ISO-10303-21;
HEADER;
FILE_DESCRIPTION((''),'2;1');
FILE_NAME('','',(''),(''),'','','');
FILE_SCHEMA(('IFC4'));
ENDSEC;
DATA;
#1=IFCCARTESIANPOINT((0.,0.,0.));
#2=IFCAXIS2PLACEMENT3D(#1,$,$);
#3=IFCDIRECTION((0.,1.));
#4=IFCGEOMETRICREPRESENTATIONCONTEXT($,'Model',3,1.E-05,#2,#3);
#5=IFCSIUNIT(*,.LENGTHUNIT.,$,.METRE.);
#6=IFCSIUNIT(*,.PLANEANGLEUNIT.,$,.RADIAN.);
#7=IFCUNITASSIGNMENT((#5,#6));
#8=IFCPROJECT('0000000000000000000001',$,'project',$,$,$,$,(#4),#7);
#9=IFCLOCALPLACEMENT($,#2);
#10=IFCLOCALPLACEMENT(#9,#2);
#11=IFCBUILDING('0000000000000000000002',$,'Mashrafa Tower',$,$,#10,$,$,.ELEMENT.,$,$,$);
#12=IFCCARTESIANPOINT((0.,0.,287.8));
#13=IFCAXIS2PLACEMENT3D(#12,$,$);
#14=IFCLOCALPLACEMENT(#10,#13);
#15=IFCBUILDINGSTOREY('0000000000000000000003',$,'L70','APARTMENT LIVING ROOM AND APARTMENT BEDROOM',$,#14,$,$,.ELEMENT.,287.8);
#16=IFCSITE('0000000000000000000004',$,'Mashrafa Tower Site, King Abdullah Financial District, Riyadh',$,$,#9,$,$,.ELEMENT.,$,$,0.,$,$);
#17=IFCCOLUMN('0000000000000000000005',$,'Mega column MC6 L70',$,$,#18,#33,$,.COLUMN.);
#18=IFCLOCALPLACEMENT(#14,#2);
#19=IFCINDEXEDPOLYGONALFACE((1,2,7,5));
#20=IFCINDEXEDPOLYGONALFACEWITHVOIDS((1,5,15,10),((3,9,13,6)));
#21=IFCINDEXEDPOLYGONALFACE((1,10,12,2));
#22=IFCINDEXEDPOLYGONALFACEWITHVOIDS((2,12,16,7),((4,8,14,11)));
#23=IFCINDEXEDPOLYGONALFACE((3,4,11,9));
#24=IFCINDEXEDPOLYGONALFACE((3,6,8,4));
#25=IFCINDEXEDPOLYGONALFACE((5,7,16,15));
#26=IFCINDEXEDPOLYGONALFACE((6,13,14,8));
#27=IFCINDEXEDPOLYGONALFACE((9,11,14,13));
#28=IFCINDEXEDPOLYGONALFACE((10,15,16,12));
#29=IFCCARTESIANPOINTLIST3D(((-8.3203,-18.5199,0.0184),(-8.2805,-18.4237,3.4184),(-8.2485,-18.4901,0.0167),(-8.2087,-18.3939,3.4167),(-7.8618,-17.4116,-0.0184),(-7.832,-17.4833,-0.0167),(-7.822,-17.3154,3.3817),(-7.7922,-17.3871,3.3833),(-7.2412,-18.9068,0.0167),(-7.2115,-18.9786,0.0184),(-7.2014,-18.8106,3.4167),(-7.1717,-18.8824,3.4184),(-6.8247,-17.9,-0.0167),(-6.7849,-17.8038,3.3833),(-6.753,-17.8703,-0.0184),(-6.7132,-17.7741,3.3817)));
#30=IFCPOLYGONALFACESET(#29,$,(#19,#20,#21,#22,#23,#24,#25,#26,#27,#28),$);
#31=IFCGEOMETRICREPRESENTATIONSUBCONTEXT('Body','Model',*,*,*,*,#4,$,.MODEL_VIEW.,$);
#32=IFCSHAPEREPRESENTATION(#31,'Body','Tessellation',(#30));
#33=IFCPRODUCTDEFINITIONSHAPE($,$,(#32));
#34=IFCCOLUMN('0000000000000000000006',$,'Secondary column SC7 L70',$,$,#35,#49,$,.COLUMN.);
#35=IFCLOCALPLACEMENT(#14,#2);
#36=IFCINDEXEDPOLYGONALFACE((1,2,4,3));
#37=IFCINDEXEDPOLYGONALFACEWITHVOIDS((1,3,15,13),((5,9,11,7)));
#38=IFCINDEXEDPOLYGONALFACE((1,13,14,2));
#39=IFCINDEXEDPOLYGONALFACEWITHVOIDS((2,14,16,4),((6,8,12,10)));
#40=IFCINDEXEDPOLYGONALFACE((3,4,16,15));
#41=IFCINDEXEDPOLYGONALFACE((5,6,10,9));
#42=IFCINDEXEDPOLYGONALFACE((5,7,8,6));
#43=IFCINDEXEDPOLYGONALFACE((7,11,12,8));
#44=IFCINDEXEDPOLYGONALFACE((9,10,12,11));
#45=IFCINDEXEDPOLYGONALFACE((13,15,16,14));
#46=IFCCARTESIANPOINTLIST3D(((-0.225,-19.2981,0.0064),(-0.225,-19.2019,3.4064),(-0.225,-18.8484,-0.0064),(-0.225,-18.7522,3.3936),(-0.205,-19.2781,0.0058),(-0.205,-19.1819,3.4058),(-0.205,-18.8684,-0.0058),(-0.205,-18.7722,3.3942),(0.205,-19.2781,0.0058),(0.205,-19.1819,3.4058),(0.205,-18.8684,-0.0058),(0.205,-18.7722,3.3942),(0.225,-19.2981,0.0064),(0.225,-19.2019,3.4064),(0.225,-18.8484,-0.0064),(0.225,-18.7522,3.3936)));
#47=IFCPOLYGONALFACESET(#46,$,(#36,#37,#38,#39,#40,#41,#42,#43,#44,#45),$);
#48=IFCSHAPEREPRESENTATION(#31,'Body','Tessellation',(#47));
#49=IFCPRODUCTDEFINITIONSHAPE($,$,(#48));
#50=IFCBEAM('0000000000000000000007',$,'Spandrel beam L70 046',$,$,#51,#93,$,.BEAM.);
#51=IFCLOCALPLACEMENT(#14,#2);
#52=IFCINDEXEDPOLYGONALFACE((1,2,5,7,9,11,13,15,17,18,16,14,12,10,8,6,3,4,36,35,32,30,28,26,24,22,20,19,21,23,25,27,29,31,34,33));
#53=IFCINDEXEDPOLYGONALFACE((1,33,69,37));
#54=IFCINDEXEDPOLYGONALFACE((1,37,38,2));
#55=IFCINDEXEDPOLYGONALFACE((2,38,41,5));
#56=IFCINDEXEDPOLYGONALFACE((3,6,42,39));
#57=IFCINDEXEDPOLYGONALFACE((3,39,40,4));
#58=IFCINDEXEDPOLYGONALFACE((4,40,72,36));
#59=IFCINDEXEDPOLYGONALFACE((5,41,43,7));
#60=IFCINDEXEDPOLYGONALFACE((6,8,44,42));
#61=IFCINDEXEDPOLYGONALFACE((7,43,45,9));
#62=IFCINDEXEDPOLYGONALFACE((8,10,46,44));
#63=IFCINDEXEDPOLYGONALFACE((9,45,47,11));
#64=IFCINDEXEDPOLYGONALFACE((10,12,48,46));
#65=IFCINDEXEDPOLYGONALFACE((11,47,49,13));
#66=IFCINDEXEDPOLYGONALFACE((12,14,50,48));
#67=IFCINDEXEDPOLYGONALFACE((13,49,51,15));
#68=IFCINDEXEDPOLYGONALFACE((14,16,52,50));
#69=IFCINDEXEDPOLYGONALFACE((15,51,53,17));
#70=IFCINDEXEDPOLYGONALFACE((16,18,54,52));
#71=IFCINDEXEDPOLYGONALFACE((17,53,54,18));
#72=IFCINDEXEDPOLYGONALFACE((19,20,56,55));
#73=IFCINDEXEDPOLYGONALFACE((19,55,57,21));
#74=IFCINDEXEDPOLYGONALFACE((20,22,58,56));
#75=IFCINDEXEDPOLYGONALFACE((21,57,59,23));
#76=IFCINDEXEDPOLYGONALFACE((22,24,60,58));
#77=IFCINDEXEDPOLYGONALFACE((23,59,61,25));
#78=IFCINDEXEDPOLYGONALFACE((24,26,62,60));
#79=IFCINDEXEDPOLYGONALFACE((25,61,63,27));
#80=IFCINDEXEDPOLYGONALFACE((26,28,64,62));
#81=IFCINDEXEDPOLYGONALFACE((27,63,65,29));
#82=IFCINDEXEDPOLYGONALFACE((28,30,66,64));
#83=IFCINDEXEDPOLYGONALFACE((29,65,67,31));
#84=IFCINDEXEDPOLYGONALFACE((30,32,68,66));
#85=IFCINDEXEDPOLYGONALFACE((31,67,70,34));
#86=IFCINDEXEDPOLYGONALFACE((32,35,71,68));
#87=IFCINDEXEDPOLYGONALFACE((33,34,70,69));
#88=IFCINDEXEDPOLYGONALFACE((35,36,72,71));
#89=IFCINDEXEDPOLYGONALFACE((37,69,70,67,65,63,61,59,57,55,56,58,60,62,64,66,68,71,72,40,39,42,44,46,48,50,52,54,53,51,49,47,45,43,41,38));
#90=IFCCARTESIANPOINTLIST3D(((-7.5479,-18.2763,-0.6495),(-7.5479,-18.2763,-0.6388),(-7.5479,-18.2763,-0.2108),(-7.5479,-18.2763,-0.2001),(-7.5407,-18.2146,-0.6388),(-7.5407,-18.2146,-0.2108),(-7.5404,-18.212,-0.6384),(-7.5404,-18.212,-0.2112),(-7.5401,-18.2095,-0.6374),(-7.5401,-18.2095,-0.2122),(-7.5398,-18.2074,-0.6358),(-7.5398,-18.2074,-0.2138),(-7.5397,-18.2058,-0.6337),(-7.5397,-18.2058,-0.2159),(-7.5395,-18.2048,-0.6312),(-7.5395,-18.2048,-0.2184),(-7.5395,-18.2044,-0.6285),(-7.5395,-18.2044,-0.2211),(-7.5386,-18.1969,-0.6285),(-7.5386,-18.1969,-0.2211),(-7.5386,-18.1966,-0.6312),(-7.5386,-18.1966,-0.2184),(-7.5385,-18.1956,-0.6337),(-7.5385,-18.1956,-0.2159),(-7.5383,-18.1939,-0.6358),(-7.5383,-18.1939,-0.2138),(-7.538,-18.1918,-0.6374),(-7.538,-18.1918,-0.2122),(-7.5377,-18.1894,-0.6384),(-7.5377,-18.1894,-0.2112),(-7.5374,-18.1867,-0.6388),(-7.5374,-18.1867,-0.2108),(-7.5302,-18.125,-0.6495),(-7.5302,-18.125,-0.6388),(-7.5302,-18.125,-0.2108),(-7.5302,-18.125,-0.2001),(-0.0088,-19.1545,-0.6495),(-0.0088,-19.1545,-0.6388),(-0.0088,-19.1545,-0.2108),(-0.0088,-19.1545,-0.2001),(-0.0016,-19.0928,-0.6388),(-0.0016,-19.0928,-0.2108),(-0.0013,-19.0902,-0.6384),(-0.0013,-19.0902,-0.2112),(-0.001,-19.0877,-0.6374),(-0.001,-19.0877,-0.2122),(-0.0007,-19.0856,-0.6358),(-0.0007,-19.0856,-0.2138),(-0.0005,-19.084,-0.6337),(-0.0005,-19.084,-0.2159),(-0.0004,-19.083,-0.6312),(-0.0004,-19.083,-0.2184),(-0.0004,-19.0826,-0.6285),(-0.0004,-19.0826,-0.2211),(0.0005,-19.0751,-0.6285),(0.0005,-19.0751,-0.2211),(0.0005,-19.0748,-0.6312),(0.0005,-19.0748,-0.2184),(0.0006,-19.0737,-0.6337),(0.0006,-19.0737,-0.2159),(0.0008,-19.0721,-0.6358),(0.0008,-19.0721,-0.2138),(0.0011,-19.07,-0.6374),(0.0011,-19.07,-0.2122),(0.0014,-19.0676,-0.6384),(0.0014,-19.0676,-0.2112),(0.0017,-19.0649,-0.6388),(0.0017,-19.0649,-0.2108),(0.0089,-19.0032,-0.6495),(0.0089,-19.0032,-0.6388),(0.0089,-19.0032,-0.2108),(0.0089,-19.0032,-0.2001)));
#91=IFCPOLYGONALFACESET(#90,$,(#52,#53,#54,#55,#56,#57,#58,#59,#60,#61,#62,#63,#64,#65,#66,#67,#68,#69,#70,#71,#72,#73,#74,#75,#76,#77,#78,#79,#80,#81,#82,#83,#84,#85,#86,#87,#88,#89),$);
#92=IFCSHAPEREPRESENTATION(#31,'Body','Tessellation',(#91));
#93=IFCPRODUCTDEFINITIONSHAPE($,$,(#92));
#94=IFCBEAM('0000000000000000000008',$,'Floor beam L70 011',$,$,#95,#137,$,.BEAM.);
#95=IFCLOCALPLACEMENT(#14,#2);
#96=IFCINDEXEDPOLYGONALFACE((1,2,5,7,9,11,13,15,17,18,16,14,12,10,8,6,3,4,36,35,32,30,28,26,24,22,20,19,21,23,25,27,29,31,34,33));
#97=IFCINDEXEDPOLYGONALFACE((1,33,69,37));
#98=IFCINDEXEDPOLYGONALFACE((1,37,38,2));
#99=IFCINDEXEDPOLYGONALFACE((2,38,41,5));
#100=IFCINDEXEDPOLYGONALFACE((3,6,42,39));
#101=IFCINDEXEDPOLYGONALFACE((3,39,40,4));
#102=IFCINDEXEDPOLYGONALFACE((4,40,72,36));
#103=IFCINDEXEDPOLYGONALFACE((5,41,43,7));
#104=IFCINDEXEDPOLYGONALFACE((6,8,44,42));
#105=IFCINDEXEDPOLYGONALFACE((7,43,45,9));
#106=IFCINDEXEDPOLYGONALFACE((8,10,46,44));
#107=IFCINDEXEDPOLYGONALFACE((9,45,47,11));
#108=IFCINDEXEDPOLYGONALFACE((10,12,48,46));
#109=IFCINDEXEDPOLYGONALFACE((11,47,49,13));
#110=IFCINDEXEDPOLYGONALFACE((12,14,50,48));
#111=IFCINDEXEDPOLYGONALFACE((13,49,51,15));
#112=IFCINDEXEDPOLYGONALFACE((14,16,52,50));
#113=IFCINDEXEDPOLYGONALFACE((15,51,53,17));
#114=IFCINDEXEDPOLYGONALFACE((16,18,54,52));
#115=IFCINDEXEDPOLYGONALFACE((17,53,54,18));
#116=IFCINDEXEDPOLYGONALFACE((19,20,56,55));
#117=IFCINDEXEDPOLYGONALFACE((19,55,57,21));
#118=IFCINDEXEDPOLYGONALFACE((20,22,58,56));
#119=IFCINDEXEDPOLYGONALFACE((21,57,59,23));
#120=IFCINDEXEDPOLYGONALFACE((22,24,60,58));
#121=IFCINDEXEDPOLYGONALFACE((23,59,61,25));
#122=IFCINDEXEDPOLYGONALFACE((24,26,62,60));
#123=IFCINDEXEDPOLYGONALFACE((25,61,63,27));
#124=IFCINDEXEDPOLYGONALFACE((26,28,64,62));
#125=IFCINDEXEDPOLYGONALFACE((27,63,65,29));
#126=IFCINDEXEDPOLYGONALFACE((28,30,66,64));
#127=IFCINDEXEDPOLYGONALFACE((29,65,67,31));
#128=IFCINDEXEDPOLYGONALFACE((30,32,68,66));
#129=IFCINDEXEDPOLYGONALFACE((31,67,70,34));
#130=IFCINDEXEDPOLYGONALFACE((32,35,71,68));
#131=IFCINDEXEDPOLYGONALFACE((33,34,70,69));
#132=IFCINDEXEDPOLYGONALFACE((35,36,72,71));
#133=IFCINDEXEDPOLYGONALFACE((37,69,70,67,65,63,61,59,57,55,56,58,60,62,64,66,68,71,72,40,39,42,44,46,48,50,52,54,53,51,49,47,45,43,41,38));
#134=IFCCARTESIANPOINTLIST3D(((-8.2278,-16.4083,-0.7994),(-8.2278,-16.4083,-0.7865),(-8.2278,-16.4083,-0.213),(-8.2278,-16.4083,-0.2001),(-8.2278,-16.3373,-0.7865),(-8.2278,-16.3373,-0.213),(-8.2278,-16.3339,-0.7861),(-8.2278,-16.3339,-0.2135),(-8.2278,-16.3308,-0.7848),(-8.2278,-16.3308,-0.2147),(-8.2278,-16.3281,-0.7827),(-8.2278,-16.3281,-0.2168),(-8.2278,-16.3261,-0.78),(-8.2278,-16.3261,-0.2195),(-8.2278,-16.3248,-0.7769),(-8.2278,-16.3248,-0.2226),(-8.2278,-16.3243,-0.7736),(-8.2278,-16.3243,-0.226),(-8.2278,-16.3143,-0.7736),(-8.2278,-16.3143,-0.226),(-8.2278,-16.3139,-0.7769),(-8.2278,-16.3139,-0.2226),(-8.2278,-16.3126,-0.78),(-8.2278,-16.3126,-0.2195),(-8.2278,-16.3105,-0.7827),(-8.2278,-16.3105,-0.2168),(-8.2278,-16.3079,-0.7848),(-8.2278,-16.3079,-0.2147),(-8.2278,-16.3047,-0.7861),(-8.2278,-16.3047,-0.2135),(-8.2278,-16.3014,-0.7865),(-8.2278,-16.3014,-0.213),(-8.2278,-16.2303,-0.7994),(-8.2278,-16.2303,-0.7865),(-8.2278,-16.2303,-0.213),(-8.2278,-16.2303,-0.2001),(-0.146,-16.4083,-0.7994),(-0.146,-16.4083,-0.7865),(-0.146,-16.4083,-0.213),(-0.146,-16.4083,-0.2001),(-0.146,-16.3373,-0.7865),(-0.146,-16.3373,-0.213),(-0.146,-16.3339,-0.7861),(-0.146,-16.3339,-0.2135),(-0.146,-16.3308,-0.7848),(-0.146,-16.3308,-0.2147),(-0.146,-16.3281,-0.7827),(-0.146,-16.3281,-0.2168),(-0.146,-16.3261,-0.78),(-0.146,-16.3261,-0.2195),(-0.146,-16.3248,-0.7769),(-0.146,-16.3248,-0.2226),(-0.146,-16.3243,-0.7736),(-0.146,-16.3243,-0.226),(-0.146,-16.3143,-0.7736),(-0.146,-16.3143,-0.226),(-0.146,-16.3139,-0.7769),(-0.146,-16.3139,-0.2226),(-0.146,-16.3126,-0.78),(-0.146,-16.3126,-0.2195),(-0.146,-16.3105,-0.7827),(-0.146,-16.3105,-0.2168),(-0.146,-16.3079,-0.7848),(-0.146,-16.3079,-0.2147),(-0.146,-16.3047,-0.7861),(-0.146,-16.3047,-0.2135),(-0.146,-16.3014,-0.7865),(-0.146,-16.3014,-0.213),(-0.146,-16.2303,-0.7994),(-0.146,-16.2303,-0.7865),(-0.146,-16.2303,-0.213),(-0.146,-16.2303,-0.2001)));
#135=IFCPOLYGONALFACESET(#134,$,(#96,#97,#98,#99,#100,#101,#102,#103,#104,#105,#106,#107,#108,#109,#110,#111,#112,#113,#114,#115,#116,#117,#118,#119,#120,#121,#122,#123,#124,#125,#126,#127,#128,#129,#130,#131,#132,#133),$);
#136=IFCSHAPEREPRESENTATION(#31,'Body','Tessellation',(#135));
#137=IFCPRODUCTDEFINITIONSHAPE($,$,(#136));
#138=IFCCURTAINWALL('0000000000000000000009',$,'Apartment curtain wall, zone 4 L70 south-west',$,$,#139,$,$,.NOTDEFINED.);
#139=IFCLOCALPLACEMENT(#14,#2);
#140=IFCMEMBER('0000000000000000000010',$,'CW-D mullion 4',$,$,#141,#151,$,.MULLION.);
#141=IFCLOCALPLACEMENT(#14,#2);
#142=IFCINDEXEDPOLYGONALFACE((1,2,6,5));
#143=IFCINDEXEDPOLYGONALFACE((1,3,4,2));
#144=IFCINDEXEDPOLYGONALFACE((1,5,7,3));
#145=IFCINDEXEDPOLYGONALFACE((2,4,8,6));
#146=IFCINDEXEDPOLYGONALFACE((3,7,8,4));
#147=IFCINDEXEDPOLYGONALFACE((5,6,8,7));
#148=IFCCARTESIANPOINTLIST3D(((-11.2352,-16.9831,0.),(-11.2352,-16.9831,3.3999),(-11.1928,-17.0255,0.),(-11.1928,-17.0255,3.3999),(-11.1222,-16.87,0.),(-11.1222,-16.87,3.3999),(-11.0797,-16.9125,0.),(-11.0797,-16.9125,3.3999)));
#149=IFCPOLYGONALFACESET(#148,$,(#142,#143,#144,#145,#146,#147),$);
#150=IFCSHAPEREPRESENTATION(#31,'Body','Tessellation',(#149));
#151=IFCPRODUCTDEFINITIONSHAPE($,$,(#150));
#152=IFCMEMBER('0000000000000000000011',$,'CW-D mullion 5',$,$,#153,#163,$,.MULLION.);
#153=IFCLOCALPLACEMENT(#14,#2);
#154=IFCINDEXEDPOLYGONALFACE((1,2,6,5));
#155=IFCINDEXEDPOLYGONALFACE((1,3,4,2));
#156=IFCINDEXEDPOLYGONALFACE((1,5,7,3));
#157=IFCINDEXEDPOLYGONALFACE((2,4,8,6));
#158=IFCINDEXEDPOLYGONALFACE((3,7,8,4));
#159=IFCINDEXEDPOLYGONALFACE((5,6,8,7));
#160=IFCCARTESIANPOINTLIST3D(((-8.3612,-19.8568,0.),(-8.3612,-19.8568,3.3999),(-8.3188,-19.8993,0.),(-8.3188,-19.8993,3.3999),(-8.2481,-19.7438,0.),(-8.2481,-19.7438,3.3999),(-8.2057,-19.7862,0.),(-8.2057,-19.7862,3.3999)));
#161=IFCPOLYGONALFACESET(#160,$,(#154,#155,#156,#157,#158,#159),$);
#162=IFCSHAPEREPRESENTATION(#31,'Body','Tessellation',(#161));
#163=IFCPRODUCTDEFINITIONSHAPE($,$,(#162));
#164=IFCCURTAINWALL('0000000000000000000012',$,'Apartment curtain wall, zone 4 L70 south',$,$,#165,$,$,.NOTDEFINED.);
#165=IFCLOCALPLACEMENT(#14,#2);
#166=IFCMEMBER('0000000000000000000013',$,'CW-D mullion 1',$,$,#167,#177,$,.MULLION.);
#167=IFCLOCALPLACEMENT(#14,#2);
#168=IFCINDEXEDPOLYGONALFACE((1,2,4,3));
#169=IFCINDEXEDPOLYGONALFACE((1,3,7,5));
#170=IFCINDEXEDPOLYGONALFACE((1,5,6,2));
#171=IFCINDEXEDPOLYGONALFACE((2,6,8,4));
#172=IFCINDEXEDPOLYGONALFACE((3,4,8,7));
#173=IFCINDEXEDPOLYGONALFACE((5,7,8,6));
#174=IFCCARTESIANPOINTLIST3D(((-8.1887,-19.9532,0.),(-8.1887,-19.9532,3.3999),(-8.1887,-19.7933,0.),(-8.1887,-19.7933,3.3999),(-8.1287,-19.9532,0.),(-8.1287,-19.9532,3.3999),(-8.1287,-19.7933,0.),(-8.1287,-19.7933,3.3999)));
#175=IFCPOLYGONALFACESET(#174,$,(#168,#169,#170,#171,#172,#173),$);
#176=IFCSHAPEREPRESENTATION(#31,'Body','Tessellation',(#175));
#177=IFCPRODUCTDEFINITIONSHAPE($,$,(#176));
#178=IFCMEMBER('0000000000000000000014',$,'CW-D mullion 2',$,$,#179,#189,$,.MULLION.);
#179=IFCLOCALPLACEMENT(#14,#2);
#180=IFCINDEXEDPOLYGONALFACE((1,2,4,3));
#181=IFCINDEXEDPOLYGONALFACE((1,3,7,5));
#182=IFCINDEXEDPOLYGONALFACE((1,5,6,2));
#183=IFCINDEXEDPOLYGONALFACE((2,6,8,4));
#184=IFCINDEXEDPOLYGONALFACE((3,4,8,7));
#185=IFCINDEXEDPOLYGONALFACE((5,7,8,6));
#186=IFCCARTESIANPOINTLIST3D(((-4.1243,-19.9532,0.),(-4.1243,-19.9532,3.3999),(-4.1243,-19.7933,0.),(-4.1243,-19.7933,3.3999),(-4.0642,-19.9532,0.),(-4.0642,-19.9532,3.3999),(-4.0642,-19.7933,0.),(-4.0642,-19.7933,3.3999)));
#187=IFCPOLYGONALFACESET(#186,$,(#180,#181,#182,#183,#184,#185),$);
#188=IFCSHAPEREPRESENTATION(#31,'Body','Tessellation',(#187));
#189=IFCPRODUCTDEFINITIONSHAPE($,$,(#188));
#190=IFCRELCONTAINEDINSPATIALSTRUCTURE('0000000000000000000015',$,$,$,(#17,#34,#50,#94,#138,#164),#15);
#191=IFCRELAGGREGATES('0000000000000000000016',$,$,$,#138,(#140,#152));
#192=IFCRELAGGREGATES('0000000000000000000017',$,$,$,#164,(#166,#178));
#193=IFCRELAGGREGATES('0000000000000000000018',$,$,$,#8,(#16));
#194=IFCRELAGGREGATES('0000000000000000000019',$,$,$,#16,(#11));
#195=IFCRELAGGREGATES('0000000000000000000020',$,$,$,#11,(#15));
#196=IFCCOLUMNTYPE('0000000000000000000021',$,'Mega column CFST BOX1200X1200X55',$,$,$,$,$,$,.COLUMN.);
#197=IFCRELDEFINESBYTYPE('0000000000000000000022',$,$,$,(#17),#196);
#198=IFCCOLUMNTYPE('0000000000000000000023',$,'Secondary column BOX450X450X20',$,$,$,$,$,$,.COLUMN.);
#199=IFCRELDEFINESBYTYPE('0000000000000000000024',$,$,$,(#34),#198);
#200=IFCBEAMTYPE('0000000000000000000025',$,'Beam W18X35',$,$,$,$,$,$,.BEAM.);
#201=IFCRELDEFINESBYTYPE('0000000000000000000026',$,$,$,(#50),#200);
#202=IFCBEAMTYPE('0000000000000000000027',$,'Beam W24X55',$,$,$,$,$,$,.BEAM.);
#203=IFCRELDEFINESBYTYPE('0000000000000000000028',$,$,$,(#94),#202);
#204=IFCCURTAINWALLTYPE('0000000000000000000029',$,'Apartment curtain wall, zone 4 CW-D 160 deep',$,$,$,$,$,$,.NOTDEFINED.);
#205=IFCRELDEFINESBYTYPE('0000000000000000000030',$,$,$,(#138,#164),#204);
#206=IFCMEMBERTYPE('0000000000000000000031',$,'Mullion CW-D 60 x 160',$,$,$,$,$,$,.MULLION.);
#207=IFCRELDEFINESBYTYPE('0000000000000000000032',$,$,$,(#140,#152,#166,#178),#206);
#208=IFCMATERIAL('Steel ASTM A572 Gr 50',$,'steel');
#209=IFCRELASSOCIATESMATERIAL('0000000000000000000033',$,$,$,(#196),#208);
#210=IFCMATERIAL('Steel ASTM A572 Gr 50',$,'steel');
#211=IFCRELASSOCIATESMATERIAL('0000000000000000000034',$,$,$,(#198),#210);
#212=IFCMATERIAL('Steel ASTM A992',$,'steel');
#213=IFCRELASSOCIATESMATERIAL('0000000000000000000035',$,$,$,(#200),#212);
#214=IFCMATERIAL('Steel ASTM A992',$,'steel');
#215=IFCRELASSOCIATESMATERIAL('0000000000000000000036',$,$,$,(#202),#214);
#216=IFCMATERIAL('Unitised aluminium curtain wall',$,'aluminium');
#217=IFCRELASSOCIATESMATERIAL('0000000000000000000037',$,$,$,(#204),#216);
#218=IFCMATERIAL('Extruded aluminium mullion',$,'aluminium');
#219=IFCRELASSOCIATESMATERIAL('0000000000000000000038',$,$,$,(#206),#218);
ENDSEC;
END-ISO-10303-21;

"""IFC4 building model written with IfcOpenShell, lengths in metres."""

from ifc_helpers import new_model, si_unit, direction, frame, origin, origin_2d, place, context, subcontext, project, spatial, rectangle, hollow_rectangle, i_section, extrude, source, transform, mapped, material, material_profile, profile_set, type_object, type_shapes, element, aggregate, save


model = new_model("IFC4")

# Units and contexts
model_context = context("Model", 3, precision=1e-05, world=origin(), true_north=direction((0.0, 1.0)))
body_context = subcontext(model_context, "Body", "Model", "MODEL_VIEW")
ifc_project = project(units=[si_unit("LENGTHUNIT", "METRE"), si_unit("PLANEANGLEUNIT", "RADIAN")], contexts=[model_context])

# Site, building, storey
site_placement = place(None, origin())
site = spatial("IfcSite", under=ifc_project, at=site_placement, Name="Mashrafa Tower Site, King Abdullah Financial District, Riyadh", CompositionType="ELEMENT", RefElevation=0.0)
building_placement = place(site_placement, origin())
building = spatial("IfcBuilding", under=site, at=building_placement, Name="Mashrafa Tower", CompositionType="ELEMENT")
storey_placement = place(building_placement, frame((0.0, 0.0, 287.8)))
storey = spatial("IfcBuildingStorey", under=building, at=storey_placement, Name="L70", Description="APARTMENT LIVING ROOM AND APARTMENT BEDROOM", CompositionType="ELEMENT", Elevation=287.8)

# Columns
ifc_material_1 = material(Name="Steel ASTM A572 Gr 50", Category="steel")
ifc_material_profile_1 = material_profile(ifc_material_1, hollow_rectangle(XDim=1.2, YDim=1.2, WallThickness=0.0549, at=origin_2d()), Name="BOX1200X1200X55")
ifc_profile_set_1 = profile_set([ifc_material_profile_1], Name="Steel ASTM A572 Gr 50")
column_type_1 = type_object("IfcColumnType", Name="Mega column CFST BOX1200X1200X55", PredefinedType="COLUMN", material=ifc_profile_set_1)
column_1_placement = place(storey_placement, frame((-7.5366, -18.1951, 0.0), z_axis=(0.011699, 0.028279, 0.999532), x_axis=(-0.924045, 0.382283, 0.0)))
element("IfcColumn", 1, at=column_1_placement, inside=storey, type_object=column_type_1, Name="Mega column MC6 L70", PredefinedType="COLUMN", context=body_context, shape_type="SweptSolid", body=[
    extrude(hollow_rectangle(XDim=1.2, YDim=1.2, WallThickness=0.0549, at=origin_2d()), origin(), (0.0, 0.0, 1.0), 3.4016),
])
ifc_material_2 = material(Name="Steel ASTM A572 Gr 50", Category="steel")
ifc_material_profile_2 = material_profile(ifc_material_2, hollow_rectangle(XDim=0.45, YDim=0.45, WallThickness=0.02, at=origin_2d()), Name="BOX450X450X20")
ifc_profile_set_2 = profile_set([ifc_material_profile_2], Name="Steel ASTM A572 Gr 50")
column_type_2 = type_object("IfcColumnType", Name="Secondary column BOX450X450X20", PredefinedType="COLUMN", material=ifc_profile_set_2)
column_2_placement = place(storey_placement, frame((0.0, -19.0732, 0.0), z_axis=(0.0, 0.028281, 0.9996), x_axis=(-1.0, 0.0, 0.0)))
element("IfcColumn", 2, at=column_2_placement, inside=storey, type_object=column_type_2, Name="Secondary column SC7 L70", PredefinedType="COLUMN", context=body_context, shape_type="SweptSolid", body=[
    extrude(hollow_rectangle(XDim=0.45, YDim=0.45, WallThickness=0.02, at=origin_2d()), origin(), (0.0, 0.0, 1.0), 3.4014),
])

# Beams
ifc_material_3 = material(Name="Steel ASTM A992", Category="steel")
ifc_material_profile_3 = material_profile(ifc_material_3, i_section(OverallWidth=0.1523, OverallDepth=0.4495, WebThickness=0.0076, FlangeThickness=0.0107, FilletRadius=0.0103, at=origin_2d()), Name="W18X35")
ifc_profile_set_3 = profile_set([ifc_material_profile_3], Name="Steel ASTM A992")
beam_type_1 = type_object("IfcBeamType", Name="Beam W18X35", PredefinedType="BEAM", material=ifc_profile_set_3)
beam_1_placement = place(storey_placement, frame((-7.5391, -18.2007, -0.4248), z_axis=(0.993284, -0.115701, 0.0), x_axis=(0.115701, 0.993284, 0.0)))
element("IfcBeam", 3, at=beam_1_placement, inside=storey, type_object=beam_type_1, Name="Spandrel beam L70 046", PredefinedType="BEAM", context=body_context, shape_type="SweptSolid", body=[
    extrude(i_section(OverallWidth=0.1523, OverallDepth=0.4495, WebThickness=0.0076, FlangeThickness=0.0107, FilletRadius=0.0103, at=origin_2d()), origin(), (0.0, 0.0, 1.0), 7.5901),
])
ifc_material_4 = material(Name="Steel ASTM A992", Category="steel")
ifc_material_profile_4 = material_profile(ifc_material_4, i_section(OverallWidth=0.178, OverallDepth=0.5994, WebThickness=0.01, FlangeThickness=0.0129, FilletRadius=0.0129, at=origin_2d()), Name="W24X55")
ifc_profile_set_4 = profile_set([ifc_material_profile_4], Name="Steel ASTM A992")
beam_type_2 = type_object("IfcBeamType", Name="Beam W24X55", PredefinedType="BEAM", material=ifc_profile_set_4)
beam_2_placement = place(storey_placement, frame((-0.146, -16.3193, -0.4998), z_axis=(-1.0, 0.0, 0.0), x_axis=(0.0, -1.0, 0.0)))
element("IfcBeam", 4, at=beam_2_placement, inside=storey, type_object=beam_type_2, Name="Floor beam L70 011", PredefinedType="BEAM", context=body_context, shape_type="SweptSolid", body=[
    extrude(i_section(OverallWidth=0.178, OverallDepth=0.5994, WebThickness=0.01, FlangeThickness=0.0129, FilletRadius=0.0129, at=origin_2d()), origin(), (0.0, 0.0, 1.0), 8.0818),
])

# Curtain walls, members
ifc_material_5 = material(Name="Unitised aluminium curtain wall", Category="aluminium")
curtain_wall_type = type_object("IfcCurtainWallType", Name="Apartment curtain wall, zone 4 CW-D 160 deep", PredefinedType="NOTDEFINED", material=ifc_material_5)
curtain_wall_1_placement = place(storey_placement, origin())
curtain_wall_1 = element("IfcCurtainWall", 5, at=curtain_wall_1_placement, inside=storey, type_object=curtain_wall_type, Name="Apartment curtain wall, zone 4 L70 south-west", PredefinedType="NOTDEFINED")
ifc_material_6 = material(Name="Extruded aluminium mullion", Category="aluminium")
ifc_material_profile_5 = material_profile(ifc_material_6, rectangle(XDim=0.1599, YDim=0.0601, at=origin_2d()), Name="Mullion 60x160")
ifc_profile_set_5 = profile_set([ifc_material_profile_5], Name="Extruded aluminium mullion")
member_type_1 = type_object("IfcMemberType", Name="Mullion CW-D 60 x 160", PredefinedType="MULLION", material=ifc_profile_set_5)
shared_shape_1 = source(origin(), body_context, "Body", "SweptSolid", [
    extrude(rectangle(XDim=0.1599, YDim=0.0601, at=origin_2d()), origin(), (0.0, 0.0, 1.0), 3.3999),
])
type_shapes(member_type_1, [shared_shape_1])
member_1_placement = place(storey_placement, frame((-11.1575, -16.9478, 0.0), z_axis=(0.0, 0.0, 1.0), x_axis=(0.707107, 0.707107, 0.0)))
member_1 = element("IfcMember", 6, at=member_1_placement, type_object=member_type_1, Name="CW-D mullion 4", PredefinedType="MULLION", context=body_context, shape_type="MappedRepresentation", body=[
    mapped(shared_shape_1, transform((0.0, 0.0, 0.0))),
])
member_2_placement = place(storey_placement, frame((-8.2834, -19.8215, 0.0), z_axis=(0.0, 0.0, 1.0), x_axis=(0.707107, 0.707107, 0.0)))
member_2 = element("IfcMember", 7, at=member_2_placement, type_object=member_type_1, Name="CW-D mullion 5", PredefinedType="MULLION", context=body_context, shape_type="MappedRepresentation", body=[
    mapped(shared_shape_1, transform((0.0, 0.0, 0.0))),
])
curtain_wall_2_placement = place(storey_placement, origin())
curtain_wall_2 = element("IfcCurtainWall", 8, at=curtain_wall_2_placement, inside=storey, type_object=curtain_wall_type, Name="Apartment curtain wall, zone 4 L70 south", PredefinedType="NOTDEFINED")
member_3_placement = place(storey_placement, frame((-8.1587, -19.8733, 0.0), z_axis=(0.0, 0.0, 1.0), x_axis=(0.0, 1.0, 0.0)))
member_3 = element("IfcMember", 9, at=member_3_placement, type_object=member_type_1, Name="CW-D mullion 1", PredefinedType="MULLION", context=body_context, shape_type="MappedRepresentation", body=[
    mapped(shared_shape_1, transform((0.0, 0.0, 0.0))),
])
member_4_placement = place(storey_placement, frame((-4.0942, -19.8733, 0.0), z_axis=(0.0, 0.0, 1.0), x_axis=(0.0, 1.0, 0.0)))
member_4 = element("IfcMember", 10, at=member_4_placement, type_object=member_type_1, Name="CW-D mullion 2", PredefinedType="MULLION", context=body_context, shape_type="MappedRepresentation", body=[
    mapped(shared_shape_1, transform((0.0, 0.0, 0.0))),
])

aggregate(curtain_wall_1, [member_1, member_2])
aggregate(curtain_wall_2, [member_3, member_4])

save(model, "model.ifc")
